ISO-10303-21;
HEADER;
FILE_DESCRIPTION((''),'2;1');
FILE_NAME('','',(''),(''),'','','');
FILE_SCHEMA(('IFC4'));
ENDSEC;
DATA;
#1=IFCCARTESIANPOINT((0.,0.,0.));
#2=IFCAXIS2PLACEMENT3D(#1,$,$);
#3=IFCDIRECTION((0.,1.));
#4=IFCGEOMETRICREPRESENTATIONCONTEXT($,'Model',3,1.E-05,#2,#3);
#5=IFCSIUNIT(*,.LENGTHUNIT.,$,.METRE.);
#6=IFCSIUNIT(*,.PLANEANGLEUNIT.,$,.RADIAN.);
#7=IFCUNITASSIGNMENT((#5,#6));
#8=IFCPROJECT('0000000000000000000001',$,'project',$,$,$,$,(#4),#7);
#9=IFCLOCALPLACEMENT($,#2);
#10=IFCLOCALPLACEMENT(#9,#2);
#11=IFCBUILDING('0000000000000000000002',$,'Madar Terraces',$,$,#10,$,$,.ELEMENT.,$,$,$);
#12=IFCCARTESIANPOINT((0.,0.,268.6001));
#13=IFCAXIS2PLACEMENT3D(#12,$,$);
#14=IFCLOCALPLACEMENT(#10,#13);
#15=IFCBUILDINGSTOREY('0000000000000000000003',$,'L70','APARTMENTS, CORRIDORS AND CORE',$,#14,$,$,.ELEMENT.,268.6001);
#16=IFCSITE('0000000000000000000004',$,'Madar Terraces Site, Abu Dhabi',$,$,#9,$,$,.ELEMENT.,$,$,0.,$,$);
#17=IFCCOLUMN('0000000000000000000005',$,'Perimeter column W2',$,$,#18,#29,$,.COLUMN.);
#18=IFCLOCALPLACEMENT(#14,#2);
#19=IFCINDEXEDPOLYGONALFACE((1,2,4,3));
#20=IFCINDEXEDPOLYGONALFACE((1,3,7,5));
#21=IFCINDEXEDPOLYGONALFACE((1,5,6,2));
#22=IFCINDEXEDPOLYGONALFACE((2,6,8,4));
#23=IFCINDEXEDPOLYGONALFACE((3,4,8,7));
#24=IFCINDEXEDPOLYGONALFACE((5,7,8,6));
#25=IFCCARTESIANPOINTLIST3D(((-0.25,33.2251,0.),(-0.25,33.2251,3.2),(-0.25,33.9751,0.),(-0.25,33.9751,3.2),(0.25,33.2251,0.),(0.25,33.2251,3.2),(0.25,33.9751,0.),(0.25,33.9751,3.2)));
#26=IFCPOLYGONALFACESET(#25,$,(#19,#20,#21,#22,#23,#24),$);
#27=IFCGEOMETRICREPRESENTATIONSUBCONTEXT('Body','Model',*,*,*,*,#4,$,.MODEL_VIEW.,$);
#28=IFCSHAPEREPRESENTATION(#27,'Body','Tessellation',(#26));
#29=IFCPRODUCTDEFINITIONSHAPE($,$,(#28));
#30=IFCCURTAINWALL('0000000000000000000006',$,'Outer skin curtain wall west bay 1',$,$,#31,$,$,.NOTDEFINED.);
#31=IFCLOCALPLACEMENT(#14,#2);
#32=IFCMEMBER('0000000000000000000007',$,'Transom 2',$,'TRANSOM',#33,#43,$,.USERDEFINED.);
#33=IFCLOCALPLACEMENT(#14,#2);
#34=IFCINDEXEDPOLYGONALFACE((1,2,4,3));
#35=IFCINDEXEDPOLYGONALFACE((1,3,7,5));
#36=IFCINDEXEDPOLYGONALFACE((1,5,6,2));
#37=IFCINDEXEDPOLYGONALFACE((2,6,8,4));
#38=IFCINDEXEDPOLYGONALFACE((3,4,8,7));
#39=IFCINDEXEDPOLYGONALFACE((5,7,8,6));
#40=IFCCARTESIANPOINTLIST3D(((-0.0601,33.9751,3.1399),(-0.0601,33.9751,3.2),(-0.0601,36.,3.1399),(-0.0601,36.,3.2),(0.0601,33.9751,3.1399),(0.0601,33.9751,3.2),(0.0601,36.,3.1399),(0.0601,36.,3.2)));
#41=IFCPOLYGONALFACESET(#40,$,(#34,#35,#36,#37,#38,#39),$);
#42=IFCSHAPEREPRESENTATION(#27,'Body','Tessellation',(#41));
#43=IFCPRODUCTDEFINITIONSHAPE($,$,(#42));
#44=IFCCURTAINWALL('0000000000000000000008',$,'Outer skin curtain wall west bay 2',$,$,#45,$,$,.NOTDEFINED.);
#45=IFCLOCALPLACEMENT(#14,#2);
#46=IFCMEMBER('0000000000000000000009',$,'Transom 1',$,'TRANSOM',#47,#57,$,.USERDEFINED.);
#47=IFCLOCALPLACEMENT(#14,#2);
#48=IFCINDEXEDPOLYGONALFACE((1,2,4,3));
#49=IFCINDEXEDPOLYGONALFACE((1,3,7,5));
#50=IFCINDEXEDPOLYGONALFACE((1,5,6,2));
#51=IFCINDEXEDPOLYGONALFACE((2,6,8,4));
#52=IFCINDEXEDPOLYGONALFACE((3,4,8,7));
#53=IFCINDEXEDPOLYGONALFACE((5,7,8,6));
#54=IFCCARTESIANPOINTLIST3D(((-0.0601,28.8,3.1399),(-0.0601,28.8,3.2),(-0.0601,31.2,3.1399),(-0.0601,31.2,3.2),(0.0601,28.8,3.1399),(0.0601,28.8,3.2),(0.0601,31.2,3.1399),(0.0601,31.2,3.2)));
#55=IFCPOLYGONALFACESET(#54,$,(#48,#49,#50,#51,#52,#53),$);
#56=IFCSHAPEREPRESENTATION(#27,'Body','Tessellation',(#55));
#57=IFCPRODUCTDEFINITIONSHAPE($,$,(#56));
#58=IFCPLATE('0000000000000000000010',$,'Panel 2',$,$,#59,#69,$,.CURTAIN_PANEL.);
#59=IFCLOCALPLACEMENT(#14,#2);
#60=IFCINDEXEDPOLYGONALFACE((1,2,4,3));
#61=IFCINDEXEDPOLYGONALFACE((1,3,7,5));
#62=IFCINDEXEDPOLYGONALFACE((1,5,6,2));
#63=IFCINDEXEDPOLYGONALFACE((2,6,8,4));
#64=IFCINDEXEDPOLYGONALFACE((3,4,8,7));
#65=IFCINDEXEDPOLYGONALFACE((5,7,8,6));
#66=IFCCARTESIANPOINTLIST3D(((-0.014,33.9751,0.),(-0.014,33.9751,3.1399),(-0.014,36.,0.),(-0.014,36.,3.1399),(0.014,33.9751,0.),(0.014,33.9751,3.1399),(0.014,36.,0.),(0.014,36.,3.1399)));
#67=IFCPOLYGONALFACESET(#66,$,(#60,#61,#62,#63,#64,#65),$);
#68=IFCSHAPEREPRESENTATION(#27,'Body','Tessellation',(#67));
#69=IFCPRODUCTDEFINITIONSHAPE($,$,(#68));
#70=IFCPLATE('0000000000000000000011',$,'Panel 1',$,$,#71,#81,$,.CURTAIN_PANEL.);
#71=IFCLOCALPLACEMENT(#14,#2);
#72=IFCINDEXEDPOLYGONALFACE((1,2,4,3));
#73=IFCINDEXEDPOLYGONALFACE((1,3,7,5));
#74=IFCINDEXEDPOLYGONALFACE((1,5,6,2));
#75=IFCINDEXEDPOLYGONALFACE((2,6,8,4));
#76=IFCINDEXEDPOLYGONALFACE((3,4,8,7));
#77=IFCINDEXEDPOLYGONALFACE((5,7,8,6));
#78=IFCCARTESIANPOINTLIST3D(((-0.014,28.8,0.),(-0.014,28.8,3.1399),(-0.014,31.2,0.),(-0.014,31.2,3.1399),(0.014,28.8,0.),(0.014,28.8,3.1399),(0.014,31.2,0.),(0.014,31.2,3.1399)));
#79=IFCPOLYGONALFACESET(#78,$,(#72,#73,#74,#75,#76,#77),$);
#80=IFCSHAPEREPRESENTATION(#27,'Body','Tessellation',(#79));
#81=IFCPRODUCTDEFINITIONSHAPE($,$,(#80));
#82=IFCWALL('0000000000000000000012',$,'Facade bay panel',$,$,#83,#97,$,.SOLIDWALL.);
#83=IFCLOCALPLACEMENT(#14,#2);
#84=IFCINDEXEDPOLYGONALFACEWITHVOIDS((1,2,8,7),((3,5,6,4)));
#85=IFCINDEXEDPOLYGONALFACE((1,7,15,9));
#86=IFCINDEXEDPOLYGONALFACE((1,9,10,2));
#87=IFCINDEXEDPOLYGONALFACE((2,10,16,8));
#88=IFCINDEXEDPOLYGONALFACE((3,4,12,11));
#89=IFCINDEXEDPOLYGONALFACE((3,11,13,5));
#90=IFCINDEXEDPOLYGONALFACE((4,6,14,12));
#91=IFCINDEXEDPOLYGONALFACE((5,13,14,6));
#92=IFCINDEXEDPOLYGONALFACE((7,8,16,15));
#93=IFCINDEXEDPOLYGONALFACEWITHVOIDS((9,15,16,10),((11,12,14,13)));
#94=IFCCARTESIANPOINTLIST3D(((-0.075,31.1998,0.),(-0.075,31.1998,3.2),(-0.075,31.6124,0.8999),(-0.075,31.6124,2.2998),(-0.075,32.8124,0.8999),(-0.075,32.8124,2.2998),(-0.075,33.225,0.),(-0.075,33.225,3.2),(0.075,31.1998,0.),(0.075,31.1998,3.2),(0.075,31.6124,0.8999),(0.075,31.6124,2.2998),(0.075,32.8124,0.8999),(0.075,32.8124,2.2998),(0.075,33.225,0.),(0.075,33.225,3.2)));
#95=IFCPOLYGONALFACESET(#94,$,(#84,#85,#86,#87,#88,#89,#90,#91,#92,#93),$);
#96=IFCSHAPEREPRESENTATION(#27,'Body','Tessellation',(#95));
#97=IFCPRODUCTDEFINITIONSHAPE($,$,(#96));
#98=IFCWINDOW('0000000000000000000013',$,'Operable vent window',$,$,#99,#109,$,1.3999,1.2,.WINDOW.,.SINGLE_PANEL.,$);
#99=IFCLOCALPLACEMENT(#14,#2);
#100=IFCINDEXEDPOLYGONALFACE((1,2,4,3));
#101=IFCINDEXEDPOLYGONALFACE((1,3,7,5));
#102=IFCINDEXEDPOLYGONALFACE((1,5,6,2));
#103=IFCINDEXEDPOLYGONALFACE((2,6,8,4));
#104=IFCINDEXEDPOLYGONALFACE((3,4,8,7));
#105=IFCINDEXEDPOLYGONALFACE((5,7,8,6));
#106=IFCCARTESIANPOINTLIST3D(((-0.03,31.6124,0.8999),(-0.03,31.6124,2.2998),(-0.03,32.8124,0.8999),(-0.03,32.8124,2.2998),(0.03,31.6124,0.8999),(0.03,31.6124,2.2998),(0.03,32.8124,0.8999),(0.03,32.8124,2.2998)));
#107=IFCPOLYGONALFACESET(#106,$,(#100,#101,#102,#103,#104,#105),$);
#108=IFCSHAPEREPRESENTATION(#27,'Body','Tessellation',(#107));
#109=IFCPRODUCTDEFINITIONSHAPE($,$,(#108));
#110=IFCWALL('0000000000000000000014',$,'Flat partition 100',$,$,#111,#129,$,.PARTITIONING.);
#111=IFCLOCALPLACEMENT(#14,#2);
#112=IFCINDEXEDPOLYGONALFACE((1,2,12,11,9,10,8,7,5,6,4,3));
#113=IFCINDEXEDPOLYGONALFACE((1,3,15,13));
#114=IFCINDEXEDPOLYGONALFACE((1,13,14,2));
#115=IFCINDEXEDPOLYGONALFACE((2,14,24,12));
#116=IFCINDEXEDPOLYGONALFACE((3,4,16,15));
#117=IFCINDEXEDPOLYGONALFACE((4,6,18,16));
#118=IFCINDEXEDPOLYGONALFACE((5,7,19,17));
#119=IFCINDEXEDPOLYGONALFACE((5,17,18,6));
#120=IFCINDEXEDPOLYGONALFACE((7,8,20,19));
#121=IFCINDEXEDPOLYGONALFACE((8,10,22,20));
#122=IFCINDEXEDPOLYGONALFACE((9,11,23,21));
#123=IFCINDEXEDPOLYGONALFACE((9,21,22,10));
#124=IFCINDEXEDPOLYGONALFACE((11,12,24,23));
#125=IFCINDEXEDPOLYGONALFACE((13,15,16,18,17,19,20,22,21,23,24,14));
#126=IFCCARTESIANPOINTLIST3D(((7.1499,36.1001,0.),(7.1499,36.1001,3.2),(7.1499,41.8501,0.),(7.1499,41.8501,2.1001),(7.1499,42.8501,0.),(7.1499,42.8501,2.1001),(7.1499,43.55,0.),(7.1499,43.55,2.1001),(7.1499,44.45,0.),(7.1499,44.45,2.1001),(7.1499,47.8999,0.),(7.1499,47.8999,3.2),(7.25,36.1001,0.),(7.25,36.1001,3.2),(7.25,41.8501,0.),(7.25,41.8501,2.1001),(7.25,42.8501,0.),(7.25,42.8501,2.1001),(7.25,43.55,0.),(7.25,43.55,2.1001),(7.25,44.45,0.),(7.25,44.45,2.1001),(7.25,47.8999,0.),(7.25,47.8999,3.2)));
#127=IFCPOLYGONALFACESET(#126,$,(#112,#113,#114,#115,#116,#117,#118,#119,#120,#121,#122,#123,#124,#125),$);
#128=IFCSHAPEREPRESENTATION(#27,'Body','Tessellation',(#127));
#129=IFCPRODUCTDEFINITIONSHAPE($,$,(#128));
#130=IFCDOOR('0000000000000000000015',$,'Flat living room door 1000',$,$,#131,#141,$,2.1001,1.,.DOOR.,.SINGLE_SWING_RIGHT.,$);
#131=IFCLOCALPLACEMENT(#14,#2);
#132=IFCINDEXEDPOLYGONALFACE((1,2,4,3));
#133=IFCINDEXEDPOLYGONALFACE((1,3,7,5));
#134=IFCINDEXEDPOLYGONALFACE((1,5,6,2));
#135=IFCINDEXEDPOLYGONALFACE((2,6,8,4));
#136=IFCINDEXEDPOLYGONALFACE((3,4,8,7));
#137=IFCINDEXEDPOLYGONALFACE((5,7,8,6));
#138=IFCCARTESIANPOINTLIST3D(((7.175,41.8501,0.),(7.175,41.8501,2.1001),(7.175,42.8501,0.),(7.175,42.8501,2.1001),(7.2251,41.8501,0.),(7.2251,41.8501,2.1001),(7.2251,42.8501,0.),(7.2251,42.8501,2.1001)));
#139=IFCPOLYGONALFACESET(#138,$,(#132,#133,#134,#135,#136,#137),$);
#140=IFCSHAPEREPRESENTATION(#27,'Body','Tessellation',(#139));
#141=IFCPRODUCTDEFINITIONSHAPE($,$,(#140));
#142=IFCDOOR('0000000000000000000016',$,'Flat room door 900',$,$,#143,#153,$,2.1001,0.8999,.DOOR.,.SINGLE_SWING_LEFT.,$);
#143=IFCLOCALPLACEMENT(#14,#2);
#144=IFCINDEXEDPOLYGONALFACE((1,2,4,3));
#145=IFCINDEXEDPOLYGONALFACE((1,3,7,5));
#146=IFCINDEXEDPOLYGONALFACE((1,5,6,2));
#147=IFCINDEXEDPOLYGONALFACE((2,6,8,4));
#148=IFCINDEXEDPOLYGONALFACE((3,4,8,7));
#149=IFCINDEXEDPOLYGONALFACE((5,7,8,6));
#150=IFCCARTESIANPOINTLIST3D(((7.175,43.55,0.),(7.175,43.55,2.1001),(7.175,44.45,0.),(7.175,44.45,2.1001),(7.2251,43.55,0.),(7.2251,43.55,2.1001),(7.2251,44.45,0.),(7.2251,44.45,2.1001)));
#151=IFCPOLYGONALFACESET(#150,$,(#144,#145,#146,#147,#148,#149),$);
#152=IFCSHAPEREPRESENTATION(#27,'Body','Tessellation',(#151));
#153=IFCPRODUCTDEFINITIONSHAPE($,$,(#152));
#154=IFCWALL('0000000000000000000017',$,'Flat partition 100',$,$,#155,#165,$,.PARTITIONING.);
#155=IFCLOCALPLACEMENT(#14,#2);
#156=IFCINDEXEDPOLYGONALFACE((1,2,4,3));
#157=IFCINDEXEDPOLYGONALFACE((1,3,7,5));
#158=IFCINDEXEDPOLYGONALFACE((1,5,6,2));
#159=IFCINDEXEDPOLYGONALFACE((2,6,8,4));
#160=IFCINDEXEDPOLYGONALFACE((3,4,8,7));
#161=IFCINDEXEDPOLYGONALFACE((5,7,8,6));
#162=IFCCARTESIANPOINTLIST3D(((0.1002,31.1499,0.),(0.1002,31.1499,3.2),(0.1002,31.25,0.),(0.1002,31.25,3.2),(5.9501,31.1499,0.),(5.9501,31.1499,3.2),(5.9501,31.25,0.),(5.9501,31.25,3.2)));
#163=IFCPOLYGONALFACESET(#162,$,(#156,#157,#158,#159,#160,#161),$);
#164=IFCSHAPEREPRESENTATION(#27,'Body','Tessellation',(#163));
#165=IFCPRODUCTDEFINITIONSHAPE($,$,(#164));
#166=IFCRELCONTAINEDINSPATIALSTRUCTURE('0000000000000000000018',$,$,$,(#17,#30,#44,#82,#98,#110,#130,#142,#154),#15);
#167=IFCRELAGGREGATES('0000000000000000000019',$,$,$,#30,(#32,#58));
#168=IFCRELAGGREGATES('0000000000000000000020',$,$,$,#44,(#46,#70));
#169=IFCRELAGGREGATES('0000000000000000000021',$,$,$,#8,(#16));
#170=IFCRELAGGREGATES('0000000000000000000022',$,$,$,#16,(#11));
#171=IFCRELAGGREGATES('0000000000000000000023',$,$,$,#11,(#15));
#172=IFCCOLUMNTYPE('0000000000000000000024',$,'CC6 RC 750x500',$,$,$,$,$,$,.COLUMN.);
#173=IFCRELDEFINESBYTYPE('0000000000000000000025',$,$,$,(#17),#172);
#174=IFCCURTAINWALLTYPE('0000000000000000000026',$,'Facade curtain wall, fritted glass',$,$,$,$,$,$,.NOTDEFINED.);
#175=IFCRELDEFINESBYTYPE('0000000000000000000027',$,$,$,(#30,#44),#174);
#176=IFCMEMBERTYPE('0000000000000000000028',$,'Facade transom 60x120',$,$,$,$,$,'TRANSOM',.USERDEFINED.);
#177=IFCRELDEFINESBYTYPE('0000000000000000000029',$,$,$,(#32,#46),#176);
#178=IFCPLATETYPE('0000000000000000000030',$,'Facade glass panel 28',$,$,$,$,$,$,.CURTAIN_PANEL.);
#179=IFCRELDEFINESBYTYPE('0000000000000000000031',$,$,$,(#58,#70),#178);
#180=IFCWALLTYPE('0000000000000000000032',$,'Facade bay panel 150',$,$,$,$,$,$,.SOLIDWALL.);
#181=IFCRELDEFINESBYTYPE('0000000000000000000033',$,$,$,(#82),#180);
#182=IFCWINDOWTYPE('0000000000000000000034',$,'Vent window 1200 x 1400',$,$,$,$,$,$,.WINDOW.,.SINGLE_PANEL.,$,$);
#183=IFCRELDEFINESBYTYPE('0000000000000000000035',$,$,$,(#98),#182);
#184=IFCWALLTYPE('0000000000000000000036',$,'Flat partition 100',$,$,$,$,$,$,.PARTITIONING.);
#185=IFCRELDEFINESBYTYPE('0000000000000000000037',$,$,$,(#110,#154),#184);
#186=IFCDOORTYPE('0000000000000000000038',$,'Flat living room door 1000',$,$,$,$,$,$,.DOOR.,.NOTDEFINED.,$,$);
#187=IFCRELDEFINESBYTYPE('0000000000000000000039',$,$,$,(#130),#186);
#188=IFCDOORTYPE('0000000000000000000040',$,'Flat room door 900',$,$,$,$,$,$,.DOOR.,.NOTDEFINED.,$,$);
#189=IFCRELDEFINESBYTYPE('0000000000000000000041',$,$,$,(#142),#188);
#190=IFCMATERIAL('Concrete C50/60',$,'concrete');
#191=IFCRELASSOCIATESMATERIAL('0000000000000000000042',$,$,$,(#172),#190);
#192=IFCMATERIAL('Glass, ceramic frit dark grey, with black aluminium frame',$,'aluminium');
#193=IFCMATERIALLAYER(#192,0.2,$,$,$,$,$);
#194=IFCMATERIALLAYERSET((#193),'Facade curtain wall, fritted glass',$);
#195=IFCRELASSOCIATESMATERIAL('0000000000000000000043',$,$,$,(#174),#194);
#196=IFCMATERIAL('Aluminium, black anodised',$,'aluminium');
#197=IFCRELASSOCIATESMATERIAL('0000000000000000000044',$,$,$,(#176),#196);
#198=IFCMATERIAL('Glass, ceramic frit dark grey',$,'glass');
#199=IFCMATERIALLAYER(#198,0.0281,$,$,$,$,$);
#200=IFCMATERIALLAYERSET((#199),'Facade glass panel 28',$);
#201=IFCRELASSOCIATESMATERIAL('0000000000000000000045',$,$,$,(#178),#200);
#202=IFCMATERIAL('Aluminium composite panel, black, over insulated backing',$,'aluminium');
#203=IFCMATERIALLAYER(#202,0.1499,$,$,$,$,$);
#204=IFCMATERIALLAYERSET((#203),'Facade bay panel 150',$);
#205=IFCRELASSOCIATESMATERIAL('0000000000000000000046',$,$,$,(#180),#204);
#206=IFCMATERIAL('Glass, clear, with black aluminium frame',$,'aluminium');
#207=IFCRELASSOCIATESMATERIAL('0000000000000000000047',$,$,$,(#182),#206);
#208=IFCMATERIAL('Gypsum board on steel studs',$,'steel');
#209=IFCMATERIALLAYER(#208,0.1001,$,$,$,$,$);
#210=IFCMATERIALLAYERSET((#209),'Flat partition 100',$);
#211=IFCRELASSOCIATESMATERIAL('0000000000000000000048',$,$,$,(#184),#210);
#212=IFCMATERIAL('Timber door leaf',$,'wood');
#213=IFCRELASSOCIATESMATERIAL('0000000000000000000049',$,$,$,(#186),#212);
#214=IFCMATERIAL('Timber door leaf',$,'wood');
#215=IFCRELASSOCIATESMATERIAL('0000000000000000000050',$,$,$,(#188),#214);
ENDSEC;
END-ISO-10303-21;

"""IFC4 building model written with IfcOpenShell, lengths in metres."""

from ifc_helpers import new_model, si_unit, direction, frame, frame_2d, origin, origin_2d, place, context, subcontext, project, spatial, rectangle, extrude, material, layer, layer_set, material_profile, profile_set, type_object, element, fill, aggregate, save


model = new_model("IFC4")

# Units and contexts
model_context = context("Model", 3, precision=1e-05, world=origin(), true_north=direction((0.0, 1.0)))
body_context = subcontext(model_context, "Body", "Model", "MODEL_VIEW")
ifc_project = project(units=[si_unit("LENGTHUNIT", "METRE"), si_unit("PLANEANGLEUNIT", "RADIAN")], contexts=[model_context])

# Site, building, storey
site_placement = place(None, origin())
site = spatial("IfcSite", under=ifc_project, at=site_placement, Name="Madar Terraces Site, Abu Dhabi", CompositionType="ELEMENT", RefElevation=0.0)
building_placement = place(site_placement, origin())
building = spatial("IfcBuilding", under=site, at=building_placement, Name="Madar Terraces", CompositionType="ELEMENT")
storey_placement = place(building_placement, frame((0.0, 0.0, 268.6001)))
storey = spatial("IfcBuildingStorey", under=building, at=storey_placement, Name="L70", Description="APARTMENTS, CORRIDORS AND CORE", CompositionType="ELEMENT", Elevation=268.6001)

# Column
ifc_material_1 = material(Name="Concrete C50/60", Category="concrete")
ifc_material_profile_1 = material_profile(ifc_material_1, rectangle(XDim=0.75, YDim=0.5, at=origin_2d()), Name="CC6 RC 750x500")
ifc_profile_set_1 = profile_set([ifc_material_profile_1], Name="Concrete C50/60")
column_type = type_object("IfcColumnType", Name="CC6 RC 750x500", PredefinedType="COLUMN", material=ifc_profile_set_1)
column_placement = place(storey_placement, frame((0.0, 33.6001, 0.0), z_axis=(0.0, 0.0, 1.0), x_axis=(0.0, 1.0, 0.0)))
element("IfcColumn", 1, at=column_placement, inside=storey, type_object=column_type, Name="Perimeter column W2", PredefinedType="COLUMN", context=body_context, shape_type="SweptSolid", body=[
    extrude(rectangle(XDim=0.75, YDim=0.5, at=origin_2d()), origin(), (0.0, 0.0, 1.0), 3.2),
])

# Curtain walls, members
ifc_material_2 = material(Name="Glass, ceramic frit dark grey, with black aluminium frame", Category="aluminium")
ifc_layer_1 = layer(ifc_material_2, 0.2)
ifc_layer_set_1 = layer_set([ifc_layer_1], Name="Facade curtain wall, fritted glass")
curtain_wall_type = type_object("IfcCurtainWallType", Name="Facade curtain wall, fritted glass", PredefinedType="NOTDEFINED", material=ifc_layer_set_1)
curtain_wall_1_placement = place(storey_placement, origin())
curtain_wall_1 = element("IfcCurtainWall", 2, at=curtain_wall_1_placement, inside=storey, type_object=curtain_wall_type, Name="Outer skin curtain wall west bay 1", PredefinedType="NOTDEFINED")
ifc_material_3 = material(Name="Aluminium, black anodised", Category="aluminium")
ifc_material_profile_2 = material_profile(ifc_material_3, rectangle(XDim=0.1201, YDim=0.0601, at=origin_2d()), Name="Facade transom 60x120")
ifc_profile_set_2 = profile_set([ifc_material_profile_2], Name="Aluminium, black anodised")
member_type = type_object("IfcMemberType", Name="Facade transom 60x120", ElementType="TRANSOM", PredefinedType="USERDEFINED", material=ifc_profile_set_2)
member_1_placement = place(storey_placement, frame((0.0, 36.0, 3.1699), z_axis=(0.0, -1.0, 0.0), x_axis=(1.0, 0.0, 0.0)))
member_1 = element("IfcMember", 3, at=member_1_placement, type_object=member_type, Name="Transom 2", ObjectType="TRANSOM", PredefinedType="USERDEFINED", context=body_context, shape_type="SweptSolid", body=[
    extrude(rectangle(XDim=0.1201, YDim=0.0601, at=origin_2d()), origin(), (0.0, 0.0, 1.0), 2.0249),
])
curtain_wall_2_placement = place(storey_placement, origin())
curtain_wall_2 = element("IfcCurtainWall", 4, at=curtain_wall_2_placement, inside=storey, type_object=curtain_wall_type, Name="Outer skin curtain wall west bay 2", PredefinedType="NOTDEFINED")
member_2_placement = place(storey_placement, frame((0.0, 31.2, 3.1699), z_axis=(0.0, -1.0, 0.0), x_axis=(1.0, 0.0, 0.0)))
member_2 = element("IfcMember", 5, at=member_2_placement, type_object=member_type, Name="Transom 1", ObjectType="TRANSOM", PredefinedType="USERDEFINED", context=body_context, shape_type="SweptSolid", body=[
    extrude(rectangle(XDim=0.1201, YDim=0.0601, at=origin_2d()), origin(), (0.0, 0.0, 1.0), 2.3999),
])

# Plates
ifc_material_4 = material(Name="Glass, ceramic frit dark grey", Category="glass")
ifc_layer_2 = layer(ifc_material_4, 0.0281)
ifc_layer_set_2 = layer_set([ifc_layer_2], Name="Facade glass panel 28")
plate_type = type_object("IfcPlateType", Name="Facade glass panel 28", PredefinedType="CURTAIN_PANEL", material=ifc_layer_set_2)
plate_1_placement = place(storey_placement, frame((0.0, 34.9875, 0.0), z_axis=(0.0, 0.0, 1.0), x_axis=(0.0, -1.0, 0.0)))
plate_1 = element("IfcPlate", 6, at=plate_1_placement, type_object=plate_type, Name="Panel 2", PredefinedType="CURTAIN_PANEL", context=body_context, shape_type="SweptSolid", body=[
    extrude(rectangle(XDim=2.0249, YDim=0.0281, at=origin_2d()), origin(), (0.0, 0.0, 1.0), 3.1399),
])
aggregate(curtain_wall_1, [member_1, plate_1])
plate_2_placement = place(storey_placement, frame((0.0, 30.0, 0.0), z_axis=(0.0, 0.0, 1.0), x_axis=(0.0, -1.0, 0.0)))
plate_2 = element("IfcPlate", 7, at=plate_2_placement, type_object=plate_type, Name="Panel 1", PredefinedType="CURTAIN_PANEL", context=body_context, shape_type="SweptSolid", body=[
    extrude(rectangle(XDim=2.3999, YDim=0.0281, at=origin_2d()), origin(), (0.0, 0.0, 1.0), 3.1399),
])
aggregate(curtain_wall_2, [member_2, plate_2])

# Wall, opening, window
ifc_material_5 = material(Name="Aluminium composite panel, black, over insulated backing", Category="aluminium")
ifc_layer_3 = layer(ifc_material_5, 0.1499)
ifc_layer_set_3 = layer_set([ifc_layer_3], Name="Facade bay panel 150")
wall_type_1 = type_object("IfcWallType", Name="Facade bay panel 150", PredefinedType="SOLIDWALL", material=ifc_layer_set_3)
wall_1_placement = place(storey_placement, frame((0.0, 33.2251, 0.0), z_axis=(0.0, 0.0, 1.0), x_axis=(0.0, -1.0, 0.0)))
wall_1 = element("IfcWall", 8, at=wall_1_placement, inside=storey, type_object=wall_type_1, Name="Facade bay panel", PredefinedType="SOLIDWALL", context=body_context, shape_type="SweptSolid", body=[
    extrude(rectangle(XDim=2.0251, YDim=0.1499, at=frame_2d((1.0127, 0.0))), origin(), (0.0, 0.0, 1.0), 3.2),
])
opening_1_placement = place(wall_1_placement, frame((0.4126, 0.0, 0.8999)))
opening_1 = element("IfcOpeningElement", 9, at=opening_1_placement, cuts=wall_1, PredefinedType="OPENING", context=body_context, shape_type="SweptSolid", body=[
    extrude(rectangle(XDim=1.2, YDim=1.3999, at=frame_2d((0.6001, 0.7))), frame((0.0, 0.085, 0.0), z_axis=(0.0, -1.0, 0.0), x_axis=(1.0, 0.0, 0.0)), (0.0, 0.0, 1.0), 0.1699),
])
ifc_material_6 = material(Name="Glass, clear, with black aluminium frame", Category="aluminium")
window_type = type_object("IfcWindowType", Name="Vent window 1200 x 1400", PartitioningType="SINGLE_PANEL", PredefinedType="WINDOW", material=ifc_material_6)
window_placement = place(opening_1_placement, origin())
window = element("IfcWindow", 10, at=window_placement, inside=storey, type_object=window_type, Name="Operable vent window", OverallHeight=1.3999, OverallWidth=1.2, PartitioningType="SINGLE_PANEL", PredefinedType="WINDOW", context=body_context, shape_type="SweptSolid", body=[
    extrude(rectangle(XDim=1.2, YDim=1.3999, at=frame_2d((0.6001, 0.7))), frame((0.0, 0.03, 0.0), z_axis=(0.0, -1.0, 0.0), x_axis=(1.0, 0.0, 0.0)), (0.0, 0.0, 1.0), 0.0601),
])
fill(opening_1, window)

# Wall, openings, doors
ifc_material_7 = material(Name="Gypsum board on steel studs", Category="steel")
ifc_layer_4 = layer(ifc_material_7, 0.1001)
ifc_layer_set_4 = layer_set([ifc_layer_4], Name="Flat partition 100")
wall_type_2 = type_object("IfcWallType", Name="Flat partition 100", PredefinedType="PARTITIONING", material=ifc_layer_set_4)
wall_2_placement = place(storey_placement, frame((7.2, 36.1001, 0.0), z_axis=(0.0, 0.0, 1.0), x_axis=(0.0, 1.0, 0.0)))
wall_2 = element("IfcWall", 11, at=wall_2_placement, inside=storey, type_object=wall_type_2, Name="Flat partition 100", PredefinedType="PARTITIONING", context=body_context, shape_type="SweptSolid", body=[
    extrude(rectangle(XDim=11.7998, YDim=0.1001, at=frame_2d((5.8999, 0.0))), origin(), (0.0, 0.0, 1.0), 3.2),
])
opening_2_placement = place(wall_2_placement, frame((5.75, 0.0, 0.0)))
opening_2 = element("IfcOpeningElement", 12, at=opening_2_placement, cuts=wall_2, PredefinedType="OPENING", context=body_context, shape_type="SweptSolid", body=[
    extrude(rectangle(XDim=1.0, YDim=2.1001, at=frame_2d((0.5, 1.05))), frame((0.0, 0.0601, 0.0), z_axis=(0.0, -1.0, 0.0), x_axis=(1.0, 0.0, 0.0)), (0.0, 0.0, 1.0), 0.1201),
])
opening_3_placement = place(wall_2_placement, frame((7.45, 0.0, 0.0)))
opening_3 = element("IfcOpeningElement", 13, at=opening_3_placement, cuts=wall_2, PredefinedType="OPENING", context=body_context, shape_type="SweptSolid", body=[
    extrude(rectangle(XDim=0.8999, YDim=2.1001, at=frame_2d((0.45, 1.05))), frame((0.0, 0.0601, 0.0), z_axis=(0.0, -1.0, 0.0), x_axis=(1.0, 0.0, 0.0)), (0.0, 0.0, 1.0), 0.1201),
])
ifc_material_8 = material(Name="Timber door leaf", Category="wood")
door_type_1 = type_object("IfcDoorType", Name="Flat living room door 1000", OperationType="NOTDEFINED", PredefinedType="DOOR", material=ifc_material_8)
door_1_placement = place(opening_2_placement, origin())
door_1 = element("IfcDoor", 14, at=door_1_placement, inside=storey, type_object=door_type_1, Name="Flat living room door 1000", OperationType="SINGLE_SWING_RIGHT", OverallHeight=2.1001, OverallWidth=1.0, PredefinedType="DOOR", context=body_context, shape_type="SweptSolid", body=[
    extrude(rectangle(XDim=1.0, YDim=2.1001, at=frame_2d((0.5, 1.05))), frame((0.0, 0.0249, 0.0), z_axis=(0.0, -1.0, 0.0), x_axis=(1.0, 0.0, 0.0)), (0.0, 0.0, 1.0), 0.05),
])
fill(opening_2, door_1)
ifc_material_9 = material(Name="Timber door leaf", Category="wood")
door_type_2 = type_object("IfcDoorType", Name="Flat room door 900", OperationType="NOTDEFINED", PredefinedType="DOOR", material=ifc_material_9)
door_2_placement = place(opening_3_placement, origin())
door_2 = element("IfcDoor", 15, at=door_2_placement, inside=storey, type_object=door_type_2, Name="Flat room door 900", OperationType="SINGLE_SWING_LEFT", OverallHeight=2.1001, OverallWidth=0.8999, PredefinedType="DOOR", context=body_context, shape_type="SweptSolid", body=[
    extrude(rectangle(XDim=0.8999, YDim=2.1001, at=frame_2d((0.45, 1.05))), frame((0.0, 0.0249, 0.0), z_axis=(0.0, -1.0, 0.0), x_axis=(1.0, 0.0, 0.0)), (0.0, 0.0, 1.0), 0.05),
])
fill(opening_3, door_2)

# Wall
wall_3_placement = place(storey_placement, frame((5.95, 31.2, 0.0), z_axis=(0.0, 0.0, 1.0), x_axis=(-1.0, 0.0, 0.0)))
element("IfcWall", 16, at=wall_3_placement, inside=storey, type_object=wall_type_2, Name="Flat partition 100", PredefinedType="PARTITIONING", context=body_context, shape_type="SweptSolid", body=[
    extrude(rectangle(XDim=5.8499, YDim=0.1001, at=frame_2d((2.9248, 0.0))), origin(), (0.0, 0.0, 1.0), 3.2),
])

save(model, "model.ifc")
